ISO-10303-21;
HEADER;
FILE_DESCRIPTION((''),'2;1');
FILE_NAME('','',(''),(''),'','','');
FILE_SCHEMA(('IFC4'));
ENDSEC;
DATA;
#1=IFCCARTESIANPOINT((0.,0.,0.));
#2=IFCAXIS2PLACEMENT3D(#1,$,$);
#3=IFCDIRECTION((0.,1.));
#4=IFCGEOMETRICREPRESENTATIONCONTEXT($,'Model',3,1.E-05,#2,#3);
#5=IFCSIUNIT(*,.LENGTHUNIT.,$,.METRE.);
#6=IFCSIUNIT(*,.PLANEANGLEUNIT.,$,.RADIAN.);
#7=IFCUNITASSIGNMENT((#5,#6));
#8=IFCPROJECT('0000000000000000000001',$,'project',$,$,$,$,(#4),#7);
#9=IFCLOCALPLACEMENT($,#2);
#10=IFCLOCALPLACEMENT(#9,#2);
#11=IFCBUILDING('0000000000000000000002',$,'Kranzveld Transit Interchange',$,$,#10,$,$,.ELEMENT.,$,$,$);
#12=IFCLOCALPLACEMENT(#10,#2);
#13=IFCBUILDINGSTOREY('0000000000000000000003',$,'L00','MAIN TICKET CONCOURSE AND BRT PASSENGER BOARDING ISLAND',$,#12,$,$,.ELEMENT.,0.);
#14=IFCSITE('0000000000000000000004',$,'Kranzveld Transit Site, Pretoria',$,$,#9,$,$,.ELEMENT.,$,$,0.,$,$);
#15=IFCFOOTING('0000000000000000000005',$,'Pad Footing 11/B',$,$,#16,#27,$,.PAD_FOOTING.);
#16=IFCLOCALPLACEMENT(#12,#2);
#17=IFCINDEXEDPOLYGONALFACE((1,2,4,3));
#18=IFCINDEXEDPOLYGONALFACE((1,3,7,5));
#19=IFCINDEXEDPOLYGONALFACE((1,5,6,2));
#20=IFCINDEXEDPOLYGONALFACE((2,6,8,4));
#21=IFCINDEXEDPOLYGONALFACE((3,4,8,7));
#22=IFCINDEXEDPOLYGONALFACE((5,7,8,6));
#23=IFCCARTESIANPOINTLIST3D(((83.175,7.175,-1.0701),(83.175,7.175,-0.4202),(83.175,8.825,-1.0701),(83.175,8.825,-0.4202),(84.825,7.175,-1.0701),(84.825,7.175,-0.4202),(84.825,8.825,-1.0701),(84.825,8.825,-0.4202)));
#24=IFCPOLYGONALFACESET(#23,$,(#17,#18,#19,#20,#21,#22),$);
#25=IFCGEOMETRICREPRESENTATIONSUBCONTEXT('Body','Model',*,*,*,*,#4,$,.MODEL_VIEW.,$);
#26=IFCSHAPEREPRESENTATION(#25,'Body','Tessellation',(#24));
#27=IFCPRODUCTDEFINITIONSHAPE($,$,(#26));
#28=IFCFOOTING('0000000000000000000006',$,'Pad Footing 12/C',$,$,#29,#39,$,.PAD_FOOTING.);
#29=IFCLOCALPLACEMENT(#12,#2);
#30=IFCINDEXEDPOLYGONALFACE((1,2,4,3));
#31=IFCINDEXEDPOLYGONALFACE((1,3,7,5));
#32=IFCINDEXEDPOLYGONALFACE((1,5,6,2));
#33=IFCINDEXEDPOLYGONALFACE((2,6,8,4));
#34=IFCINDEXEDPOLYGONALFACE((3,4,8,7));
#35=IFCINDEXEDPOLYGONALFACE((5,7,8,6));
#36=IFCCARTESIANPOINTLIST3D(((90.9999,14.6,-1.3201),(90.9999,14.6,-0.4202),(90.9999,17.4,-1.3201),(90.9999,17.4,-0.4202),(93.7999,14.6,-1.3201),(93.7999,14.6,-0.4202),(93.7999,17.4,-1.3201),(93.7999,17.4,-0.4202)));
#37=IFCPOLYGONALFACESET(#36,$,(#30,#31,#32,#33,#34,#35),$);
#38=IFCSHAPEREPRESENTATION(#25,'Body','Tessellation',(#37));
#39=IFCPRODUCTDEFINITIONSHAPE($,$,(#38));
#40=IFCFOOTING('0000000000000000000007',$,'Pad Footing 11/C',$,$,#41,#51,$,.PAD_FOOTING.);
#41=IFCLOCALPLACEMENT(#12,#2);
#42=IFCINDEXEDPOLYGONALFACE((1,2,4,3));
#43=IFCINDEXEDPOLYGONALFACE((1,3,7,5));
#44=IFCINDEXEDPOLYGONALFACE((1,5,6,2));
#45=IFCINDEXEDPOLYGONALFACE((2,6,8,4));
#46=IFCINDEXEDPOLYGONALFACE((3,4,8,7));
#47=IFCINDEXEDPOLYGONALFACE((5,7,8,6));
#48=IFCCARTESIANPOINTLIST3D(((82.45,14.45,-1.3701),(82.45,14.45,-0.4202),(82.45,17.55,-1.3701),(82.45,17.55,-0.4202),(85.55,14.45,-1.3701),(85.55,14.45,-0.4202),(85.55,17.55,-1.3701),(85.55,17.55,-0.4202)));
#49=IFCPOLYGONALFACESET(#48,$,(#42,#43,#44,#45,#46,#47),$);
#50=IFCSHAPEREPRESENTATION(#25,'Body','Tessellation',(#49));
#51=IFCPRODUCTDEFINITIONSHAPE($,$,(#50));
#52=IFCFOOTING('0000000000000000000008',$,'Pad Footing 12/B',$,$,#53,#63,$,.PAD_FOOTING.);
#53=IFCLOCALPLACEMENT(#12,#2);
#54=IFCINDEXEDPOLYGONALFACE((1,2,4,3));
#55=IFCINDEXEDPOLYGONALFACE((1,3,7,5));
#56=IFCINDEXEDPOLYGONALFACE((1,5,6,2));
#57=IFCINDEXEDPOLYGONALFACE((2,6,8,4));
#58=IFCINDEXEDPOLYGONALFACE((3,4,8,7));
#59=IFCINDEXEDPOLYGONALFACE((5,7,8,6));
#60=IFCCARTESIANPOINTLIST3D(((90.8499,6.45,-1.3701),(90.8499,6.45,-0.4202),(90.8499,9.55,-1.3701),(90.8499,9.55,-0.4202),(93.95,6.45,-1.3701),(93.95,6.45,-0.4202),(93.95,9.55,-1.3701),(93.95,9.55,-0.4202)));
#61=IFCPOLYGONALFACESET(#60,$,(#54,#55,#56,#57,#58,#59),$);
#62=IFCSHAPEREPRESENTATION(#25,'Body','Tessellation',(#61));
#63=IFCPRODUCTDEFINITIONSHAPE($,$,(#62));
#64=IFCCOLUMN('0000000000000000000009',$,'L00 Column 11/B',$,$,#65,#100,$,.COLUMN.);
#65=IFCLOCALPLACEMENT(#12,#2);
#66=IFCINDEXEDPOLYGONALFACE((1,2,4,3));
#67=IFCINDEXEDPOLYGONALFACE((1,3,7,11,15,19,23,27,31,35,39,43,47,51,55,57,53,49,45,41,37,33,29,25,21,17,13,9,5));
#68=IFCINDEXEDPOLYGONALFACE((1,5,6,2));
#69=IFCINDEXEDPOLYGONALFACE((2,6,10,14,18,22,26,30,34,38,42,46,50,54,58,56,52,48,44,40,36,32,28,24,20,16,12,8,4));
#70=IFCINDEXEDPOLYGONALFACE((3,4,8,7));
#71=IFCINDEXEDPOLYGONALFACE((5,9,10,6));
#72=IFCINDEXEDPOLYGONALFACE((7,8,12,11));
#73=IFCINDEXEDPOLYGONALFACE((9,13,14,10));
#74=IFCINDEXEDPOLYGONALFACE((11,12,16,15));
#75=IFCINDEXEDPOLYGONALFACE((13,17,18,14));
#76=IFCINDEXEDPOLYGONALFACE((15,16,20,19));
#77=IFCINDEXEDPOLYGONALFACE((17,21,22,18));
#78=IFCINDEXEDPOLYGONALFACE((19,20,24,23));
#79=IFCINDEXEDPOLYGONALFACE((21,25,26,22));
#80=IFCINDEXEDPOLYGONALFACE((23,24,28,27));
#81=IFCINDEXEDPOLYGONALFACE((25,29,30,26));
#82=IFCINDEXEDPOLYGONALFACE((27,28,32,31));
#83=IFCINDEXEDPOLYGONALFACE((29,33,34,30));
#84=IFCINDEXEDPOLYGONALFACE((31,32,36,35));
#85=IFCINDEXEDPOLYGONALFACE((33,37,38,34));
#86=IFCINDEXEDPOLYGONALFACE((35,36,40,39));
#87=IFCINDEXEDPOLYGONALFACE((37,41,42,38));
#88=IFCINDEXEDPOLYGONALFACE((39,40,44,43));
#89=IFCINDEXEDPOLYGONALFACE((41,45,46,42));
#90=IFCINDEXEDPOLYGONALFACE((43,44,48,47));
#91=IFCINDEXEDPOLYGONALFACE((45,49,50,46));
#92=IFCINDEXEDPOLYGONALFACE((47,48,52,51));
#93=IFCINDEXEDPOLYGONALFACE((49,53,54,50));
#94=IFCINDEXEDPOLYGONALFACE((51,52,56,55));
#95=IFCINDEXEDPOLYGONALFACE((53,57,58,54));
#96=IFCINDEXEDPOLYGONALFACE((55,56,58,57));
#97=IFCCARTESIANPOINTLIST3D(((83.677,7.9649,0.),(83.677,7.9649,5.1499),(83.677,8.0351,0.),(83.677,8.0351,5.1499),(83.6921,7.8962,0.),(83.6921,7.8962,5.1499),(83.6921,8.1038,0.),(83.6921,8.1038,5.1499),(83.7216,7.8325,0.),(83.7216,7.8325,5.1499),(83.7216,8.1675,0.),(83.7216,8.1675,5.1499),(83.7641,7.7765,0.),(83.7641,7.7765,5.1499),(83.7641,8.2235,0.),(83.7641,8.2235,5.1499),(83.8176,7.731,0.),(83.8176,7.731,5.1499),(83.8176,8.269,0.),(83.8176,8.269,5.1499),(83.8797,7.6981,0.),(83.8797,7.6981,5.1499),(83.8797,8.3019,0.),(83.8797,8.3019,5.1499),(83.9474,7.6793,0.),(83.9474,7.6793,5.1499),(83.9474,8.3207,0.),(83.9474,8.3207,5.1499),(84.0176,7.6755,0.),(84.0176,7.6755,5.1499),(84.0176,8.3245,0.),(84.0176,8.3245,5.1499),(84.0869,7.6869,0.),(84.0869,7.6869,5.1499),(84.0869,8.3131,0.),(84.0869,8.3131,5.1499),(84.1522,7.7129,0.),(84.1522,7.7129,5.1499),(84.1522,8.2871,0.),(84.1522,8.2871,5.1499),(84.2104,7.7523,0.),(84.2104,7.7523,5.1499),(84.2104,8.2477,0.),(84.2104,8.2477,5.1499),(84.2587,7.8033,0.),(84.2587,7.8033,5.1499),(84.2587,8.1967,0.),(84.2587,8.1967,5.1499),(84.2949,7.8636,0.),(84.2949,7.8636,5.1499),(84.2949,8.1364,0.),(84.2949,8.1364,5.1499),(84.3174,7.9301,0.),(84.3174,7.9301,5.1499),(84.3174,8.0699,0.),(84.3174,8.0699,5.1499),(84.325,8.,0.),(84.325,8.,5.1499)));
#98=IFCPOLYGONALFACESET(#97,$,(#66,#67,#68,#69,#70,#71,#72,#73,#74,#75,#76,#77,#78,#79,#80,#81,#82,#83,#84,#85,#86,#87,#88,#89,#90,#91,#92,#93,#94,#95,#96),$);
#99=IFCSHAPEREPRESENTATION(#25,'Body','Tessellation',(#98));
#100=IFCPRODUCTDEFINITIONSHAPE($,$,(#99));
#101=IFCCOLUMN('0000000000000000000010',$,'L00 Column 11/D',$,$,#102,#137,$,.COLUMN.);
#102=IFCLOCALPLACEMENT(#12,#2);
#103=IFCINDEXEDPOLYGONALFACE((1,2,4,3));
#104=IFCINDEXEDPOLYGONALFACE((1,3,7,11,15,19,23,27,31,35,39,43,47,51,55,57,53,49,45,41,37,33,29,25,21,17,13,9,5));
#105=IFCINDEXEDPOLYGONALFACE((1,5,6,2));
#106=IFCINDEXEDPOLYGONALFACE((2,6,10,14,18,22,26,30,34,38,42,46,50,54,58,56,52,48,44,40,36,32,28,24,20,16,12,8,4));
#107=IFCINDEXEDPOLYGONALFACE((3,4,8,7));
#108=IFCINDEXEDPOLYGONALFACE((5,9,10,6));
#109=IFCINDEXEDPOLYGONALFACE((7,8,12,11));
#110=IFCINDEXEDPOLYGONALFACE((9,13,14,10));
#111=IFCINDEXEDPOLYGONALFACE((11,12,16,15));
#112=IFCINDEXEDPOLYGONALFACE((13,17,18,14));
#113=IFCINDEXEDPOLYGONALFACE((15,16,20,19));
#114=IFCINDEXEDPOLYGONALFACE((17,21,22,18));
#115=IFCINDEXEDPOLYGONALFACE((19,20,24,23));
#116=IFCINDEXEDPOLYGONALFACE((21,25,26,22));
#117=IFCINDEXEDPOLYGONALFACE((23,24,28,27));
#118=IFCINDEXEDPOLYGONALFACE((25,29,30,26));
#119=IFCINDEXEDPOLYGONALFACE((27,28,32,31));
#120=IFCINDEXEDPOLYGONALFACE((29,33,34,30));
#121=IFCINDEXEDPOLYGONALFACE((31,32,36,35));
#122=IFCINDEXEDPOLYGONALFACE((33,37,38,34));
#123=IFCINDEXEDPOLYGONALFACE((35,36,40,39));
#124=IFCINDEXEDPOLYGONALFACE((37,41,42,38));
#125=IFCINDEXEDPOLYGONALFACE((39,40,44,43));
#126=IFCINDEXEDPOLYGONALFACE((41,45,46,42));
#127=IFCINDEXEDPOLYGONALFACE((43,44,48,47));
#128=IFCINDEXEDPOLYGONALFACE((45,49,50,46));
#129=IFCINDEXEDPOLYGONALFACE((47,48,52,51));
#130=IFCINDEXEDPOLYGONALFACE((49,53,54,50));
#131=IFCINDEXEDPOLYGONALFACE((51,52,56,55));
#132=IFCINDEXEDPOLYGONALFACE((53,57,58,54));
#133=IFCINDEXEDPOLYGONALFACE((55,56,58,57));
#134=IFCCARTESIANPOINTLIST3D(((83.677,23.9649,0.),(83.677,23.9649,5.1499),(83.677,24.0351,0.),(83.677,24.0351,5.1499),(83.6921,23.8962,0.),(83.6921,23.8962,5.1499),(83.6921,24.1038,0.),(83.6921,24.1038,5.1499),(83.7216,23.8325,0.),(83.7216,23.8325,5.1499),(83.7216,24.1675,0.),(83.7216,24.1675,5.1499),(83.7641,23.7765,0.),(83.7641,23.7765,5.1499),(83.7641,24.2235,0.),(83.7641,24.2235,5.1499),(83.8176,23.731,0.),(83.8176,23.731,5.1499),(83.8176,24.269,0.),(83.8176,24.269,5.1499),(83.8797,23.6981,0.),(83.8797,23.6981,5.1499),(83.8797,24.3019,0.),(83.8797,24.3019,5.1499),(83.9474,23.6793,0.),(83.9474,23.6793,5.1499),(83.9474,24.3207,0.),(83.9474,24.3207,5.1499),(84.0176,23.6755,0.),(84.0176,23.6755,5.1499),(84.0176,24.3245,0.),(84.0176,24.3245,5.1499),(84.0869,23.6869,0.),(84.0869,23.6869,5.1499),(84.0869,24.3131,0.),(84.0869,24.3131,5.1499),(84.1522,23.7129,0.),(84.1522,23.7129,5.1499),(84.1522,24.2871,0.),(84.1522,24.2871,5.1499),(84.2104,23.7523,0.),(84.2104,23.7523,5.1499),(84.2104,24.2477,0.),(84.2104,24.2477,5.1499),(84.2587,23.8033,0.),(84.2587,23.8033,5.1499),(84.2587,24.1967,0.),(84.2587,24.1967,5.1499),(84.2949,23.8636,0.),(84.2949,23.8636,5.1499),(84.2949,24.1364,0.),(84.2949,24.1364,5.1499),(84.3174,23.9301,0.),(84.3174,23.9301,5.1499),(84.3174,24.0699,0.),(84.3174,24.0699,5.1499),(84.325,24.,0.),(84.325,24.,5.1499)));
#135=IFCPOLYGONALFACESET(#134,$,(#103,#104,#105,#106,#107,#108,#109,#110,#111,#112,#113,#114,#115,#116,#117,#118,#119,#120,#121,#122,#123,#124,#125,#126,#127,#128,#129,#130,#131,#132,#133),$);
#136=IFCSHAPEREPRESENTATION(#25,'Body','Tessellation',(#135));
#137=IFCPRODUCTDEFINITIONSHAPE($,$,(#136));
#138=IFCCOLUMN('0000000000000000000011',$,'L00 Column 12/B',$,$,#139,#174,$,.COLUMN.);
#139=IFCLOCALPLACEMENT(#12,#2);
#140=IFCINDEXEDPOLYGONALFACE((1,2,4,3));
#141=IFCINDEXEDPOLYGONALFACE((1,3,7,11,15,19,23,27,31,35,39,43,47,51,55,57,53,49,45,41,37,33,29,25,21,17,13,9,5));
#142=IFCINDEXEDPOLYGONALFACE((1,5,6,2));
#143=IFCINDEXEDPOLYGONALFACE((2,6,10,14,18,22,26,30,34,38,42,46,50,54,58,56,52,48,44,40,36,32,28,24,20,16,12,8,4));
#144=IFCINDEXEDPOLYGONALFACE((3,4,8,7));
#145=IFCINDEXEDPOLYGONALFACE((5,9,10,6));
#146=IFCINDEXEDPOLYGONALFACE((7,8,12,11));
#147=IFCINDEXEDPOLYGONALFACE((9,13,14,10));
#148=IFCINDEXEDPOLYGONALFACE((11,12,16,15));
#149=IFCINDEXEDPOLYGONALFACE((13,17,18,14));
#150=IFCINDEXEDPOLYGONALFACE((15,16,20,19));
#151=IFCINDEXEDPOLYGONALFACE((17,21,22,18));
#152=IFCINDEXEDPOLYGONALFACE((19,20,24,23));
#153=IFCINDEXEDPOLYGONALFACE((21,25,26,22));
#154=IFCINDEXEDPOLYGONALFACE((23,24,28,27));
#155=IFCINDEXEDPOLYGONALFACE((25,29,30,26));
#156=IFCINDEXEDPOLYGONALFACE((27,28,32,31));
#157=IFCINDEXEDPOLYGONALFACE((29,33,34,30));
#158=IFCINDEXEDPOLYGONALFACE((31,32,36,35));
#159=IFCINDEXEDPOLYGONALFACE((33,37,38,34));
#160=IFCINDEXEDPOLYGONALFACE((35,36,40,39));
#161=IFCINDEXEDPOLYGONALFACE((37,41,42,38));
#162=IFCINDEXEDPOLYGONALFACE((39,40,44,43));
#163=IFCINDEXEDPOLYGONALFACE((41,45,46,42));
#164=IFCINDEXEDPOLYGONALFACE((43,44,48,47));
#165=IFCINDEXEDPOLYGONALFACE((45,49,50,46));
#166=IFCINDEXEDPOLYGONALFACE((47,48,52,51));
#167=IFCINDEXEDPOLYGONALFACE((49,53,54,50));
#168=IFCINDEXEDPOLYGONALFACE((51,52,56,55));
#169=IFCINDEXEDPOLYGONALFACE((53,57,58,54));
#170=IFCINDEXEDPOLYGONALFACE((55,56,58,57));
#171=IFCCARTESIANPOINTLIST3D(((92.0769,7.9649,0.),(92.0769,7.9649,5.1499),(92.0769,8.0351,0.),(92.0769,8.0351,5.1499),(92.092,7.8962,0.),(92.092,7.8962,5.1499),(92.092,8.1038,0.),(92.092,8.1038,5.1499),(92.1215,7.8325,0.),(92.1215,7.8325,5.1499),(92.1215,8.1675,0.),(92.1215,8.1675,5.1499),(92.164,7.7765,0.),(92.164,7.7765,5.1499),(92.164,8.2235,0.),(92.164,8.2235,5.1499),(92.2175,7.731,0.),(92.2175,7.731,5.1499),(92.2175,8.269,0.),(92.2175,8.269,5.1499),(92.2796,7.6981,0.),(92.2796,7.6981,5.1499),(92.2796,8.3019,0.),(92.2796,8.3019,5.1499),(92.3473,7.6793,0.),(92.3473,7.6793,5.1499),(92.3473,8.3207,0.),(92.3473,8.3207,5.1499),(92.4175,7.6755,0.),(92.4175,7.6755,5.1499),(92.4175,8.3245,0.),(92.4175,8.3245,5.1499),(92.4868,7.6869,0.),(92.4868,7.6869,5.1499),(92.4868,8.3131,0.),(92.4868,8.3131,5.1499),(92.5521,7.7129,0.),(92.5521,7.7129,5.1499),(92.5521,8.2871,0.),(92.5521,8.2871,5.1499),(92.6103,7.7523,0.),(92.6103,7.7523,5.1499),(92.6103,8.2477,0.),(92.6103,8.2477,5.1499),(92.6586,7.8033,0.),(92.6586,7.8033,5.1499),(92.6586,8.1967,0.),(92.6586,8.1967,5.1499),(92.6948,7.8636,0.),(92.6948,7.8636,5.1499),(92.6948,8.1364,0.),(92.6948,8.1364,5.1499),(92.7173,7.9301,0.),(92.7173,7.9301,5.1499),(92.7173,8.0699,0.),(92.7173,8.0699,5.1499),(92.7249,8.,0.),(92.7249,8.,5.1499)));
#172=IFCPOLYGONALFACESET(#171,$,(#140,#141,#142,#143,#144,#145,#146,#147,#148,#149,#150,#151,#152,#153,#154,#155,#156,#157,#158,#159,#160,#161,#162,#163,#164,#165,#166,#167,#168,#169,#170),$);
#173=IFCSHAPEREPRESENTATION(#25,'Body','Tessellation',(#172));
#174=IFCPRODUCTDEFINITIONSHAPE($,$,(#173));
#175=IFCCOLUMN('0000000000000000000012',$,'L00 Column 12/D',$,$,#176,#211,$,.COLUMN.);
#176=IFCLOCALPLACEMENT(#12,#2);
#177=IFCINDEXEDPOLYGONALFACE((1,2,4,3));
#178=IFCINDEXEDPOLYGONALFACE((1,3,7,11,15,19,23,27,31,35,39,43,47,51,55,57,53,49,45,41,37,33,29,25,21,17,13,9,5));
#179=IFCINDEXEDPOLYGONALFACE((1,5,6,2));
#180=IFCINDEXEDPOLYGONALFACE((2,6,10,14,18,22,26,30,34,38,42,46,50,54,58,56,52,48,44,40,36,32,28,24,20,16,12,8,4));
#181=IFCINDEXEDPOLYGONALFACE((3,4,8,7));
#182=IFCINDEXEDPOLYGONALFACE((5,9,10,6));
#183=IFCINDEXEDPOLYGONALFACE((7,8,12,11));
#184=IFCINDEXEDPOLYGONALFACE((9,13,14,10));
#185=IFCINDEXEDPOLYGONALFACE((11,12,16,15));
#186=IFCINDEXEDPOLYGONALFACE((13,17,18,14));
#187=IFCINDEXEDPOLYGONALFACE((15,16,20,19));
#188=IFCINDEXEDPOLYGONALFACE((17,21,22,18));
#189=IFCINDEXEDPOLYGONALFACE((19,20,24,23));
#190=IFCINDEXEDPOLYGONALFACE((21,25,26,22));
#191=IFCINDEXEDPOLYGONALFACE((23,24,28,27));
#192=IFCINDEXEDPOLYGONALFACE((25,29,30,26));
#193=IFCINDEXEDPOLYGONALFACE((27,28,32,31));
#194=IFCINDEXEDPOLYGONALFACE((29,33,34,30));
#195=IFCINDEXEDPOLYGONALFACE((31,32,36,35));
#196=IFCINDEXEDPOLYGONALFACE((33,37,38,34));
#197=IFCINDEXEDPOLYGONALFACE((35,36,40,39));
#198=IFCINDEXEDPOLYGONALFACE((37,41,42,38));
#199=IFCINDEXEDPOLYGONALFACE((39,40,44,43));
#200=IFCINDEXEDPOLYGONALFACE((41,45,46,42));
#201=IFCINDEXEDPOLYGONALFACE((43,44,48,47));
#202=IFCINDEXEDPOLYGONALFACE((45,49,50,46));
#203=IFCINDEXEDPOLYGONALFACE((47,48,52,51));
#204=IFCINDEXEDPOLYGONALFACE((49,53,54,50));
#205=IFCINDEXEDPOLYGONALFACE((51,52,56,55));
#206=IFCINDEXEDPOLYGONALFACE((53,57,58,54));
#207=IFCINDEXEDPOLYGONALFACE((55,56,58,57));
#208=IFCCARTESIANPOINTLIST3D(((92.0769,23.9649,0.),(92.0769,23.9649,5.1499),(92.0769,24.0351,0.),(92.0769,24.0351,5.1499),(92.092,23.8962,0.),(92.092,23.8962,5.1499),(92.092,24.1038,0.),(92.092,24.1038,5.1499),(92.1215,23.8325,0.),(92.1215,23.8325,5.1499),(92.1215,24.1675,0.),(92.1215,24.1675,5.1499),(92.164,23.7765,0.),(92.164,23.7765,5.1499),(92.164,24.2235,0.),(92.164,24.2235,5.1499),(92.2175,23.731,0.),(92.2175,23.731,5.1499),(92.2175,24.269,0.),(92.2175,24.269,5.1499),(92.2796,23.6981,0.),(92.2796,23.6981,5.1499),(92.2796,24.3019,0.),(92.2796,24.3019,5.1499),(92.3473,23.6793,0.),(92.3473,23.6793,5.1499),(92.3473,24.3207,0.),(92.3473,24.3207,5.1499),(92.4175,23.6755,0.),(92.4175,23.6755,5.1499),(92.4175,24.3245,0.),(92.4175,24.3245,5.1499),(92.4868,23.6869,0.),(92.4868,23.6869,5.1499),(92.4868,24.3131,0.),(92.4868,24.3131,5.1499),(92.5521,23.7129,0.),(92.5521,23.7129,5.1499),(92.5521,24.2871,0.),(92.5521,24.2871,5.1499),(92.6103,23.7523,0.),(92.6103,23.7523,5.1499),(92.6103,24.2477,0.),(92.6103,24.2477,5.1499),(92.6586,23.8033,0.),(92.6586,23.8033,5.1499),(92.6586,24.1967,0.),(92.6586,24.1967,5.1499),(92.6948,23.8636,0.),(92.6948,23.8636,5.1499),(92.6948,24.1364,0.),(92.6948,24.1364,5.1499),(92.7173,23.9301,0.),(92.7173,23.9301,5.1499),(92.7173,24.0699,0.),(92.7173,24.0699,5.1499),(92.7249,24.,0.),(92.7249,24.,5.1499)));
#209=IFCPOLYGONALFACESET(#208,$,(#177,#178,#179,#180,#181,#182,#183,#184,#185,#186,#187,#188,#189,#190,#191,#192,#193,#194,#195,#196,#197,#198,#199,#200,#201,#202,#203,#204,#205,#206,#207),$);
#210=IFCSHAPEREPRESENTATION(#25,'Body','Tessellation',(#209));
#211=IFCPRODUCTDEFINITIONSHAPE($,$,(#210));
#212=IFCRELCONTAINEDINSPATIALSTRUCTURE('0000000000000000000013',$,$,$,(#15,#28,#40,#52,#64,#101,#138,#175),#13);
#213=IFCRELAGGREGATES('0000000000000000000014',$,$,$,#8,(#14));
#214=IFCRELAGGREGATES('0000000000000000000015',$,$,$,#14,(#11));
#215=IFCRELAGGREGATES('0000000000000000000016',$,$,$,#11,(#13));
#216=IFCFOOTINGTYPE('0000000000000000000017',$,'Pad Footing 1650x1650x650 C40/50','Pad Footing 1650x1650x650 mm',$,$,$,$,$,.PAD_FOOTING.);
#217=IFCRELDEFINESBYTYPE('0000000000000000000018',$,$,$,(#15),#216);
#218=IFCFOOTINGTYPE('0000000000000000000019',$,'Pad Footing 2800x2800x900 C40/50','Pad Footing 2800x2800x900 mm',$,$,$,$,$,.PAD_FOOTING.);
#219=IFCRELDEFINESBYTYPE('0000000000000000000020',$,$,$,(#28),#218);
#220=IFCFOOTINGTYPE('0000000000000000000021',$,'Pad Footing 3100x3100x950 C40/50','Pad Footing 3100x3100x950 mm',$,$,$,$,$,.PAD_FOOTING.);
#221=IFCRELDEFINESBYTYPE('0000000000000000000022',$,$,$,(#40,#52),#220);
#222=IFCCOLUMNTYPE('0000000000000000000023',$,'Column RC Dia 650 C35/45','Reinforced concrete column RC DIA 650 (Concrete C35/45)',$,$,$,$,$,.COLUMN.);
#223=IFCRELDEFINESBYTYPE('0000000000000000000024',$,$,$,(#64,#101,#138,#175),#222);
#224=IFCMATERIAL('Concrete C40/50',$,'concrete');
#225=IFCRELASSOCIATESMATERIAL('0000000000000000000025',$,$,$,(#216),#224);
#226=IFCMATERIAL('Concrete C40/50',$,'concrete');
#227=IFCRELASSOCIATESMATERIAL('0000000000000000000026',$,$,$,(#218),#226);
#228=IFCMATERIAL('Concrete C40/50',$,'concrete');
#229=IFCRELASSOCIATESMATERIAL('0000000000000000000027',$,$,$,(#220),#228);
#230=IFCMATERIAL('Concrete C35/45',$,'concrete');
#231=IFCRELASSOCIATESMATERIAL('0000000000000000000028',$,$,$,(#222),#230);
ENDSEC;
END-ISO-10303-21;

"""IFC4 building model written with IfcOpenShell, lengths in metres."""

from ifc_helpers import new_model, si_unit, direction, frame, origin, origin_2d, place, context, subcontext, project, spatial, rectangle, circle, extrude, material, material_profile, profile_set, type_object, element, save


model = new_model("IFC4")

# Units and contexts
model_context = context("Model", 3, precision=1e-05, world=origin(), true_north=direction((0.0, 1.0)))
body_context = subcontext(model_context, "Body", "Model", "MODEL_VIEW")
ifc_project = project(units=[si_unit("LENGTHUNIT", "METRE"), si_unit("PLANEANGLEUNIT", "RADIAN")], contexts=[model_context])

# Site, building, storey
site_placement = place(None, origin())
site = spatial("IfcSite", under=ifc_project, at=site_placement, Name="Kranzveld Transit Site, Pretoria", CompositionType="ELEMENT", RefElevation=0.0)
building_placement = place(site_placement, origin())
building = spatial("IfcBuilding", under=site, at=building_placement, Name="Kranzveld Transit Interchange", CompositionType="ELEMENT")
storey_placement = place(building_placement, origin())
storey = spatial("IfcBuildingStorey", under=building, at=storey_placement, Name="L00", Description="MAIN TICKET CONCOURSE AND BRT PASSENGER BOARDING ISLAND", CompositionType="ELEMENT", Elevation=0.0)

# Footings
ifc_material_1 = material(Name="Concrete C40/50", Category="concrete")
footing_type_1 = type_object("IfcFootingType", Name="Pad Footing 1650x1650x650 C40/50", Description="Pad Footing 1650x1650x650 mm", PredefinedType="PAD_FOOTING", material=ifc_material_1)
footing_1_placement = place(storey_placement, frame((84.0, 8.0, -1.0701), z_axis=(0.0, 0.0, 1.0), x_axis=(1.0, 0.0, 0.0)))
element("IfcFooting", 1, at=footing_1_placement, inside=storey, type_object=footing_type_1, Name="Pad Footing 11/B", PredefinedType="PAD_FOOTING", context=body_context, shape_type="SweptSolid", body=[
    extrude(rectangle(XDim=1.6499, YDim=1.6499, at=origin_2d()), origin(), (0.0, 0.0, 1.0), 0.6499),
])
ifc_material_2 = material(Name="Concrete C40/50", Category="concrete")
footing_type_2 = type_object("IfcFootingType", Name="Pad Footing 2800x2800x900 C40/50", Description="Pad Footing 2800x2800x900 mm", PredefinedType="PAD_FOOTING", material=ifc_material_2)
footing_2_placement = place(storey_placement, frame((92.3999, 16.0, -1.3201), z_axis=(0.0, 0.0, 1.0), x_axis=(1.0, 0.0, 0.0)))
element("IfcFooting", 2, at=footing_2_placement, inside=storey, type_object=footing_type_2, Name="Pad Footing 12/C", PredefinedType="PAD_FOOTING", context=body_context, shape_type="SweptSolid", body=[
    extrude(rectangle(XDim=2.8, YDim=2.8, at=origin_2d()), origin(), (0.0, 0.0, 1.0), 0.8999),
])
ifc_material_3 = material(Name="Concrete C40/50", Category="concrete")
footing_type_3 = type_object("IfcFootingType", Name="Pad Footing 3100x3100x950 C40/50", Description="Pad Footing 3100x3100x950 mm", PredefinedType="PAD_FOOTING", material=ifc_material_3)
for number, where, z_axis, x_axis, name in (
    (3, (84.0, 16.0, -1.3701), (0.0, 0.0, 1.0), (1.0, 0.0, 0.0), "Pad Footing 11/C"),
    (4, (92.3999, 8.0, -1.3701), (0.0, 0.0, 1.0), (1.0, 0.0, 0.0), "Pad Footing 12/B"),
):
    element("IfcFooting", number, at=place(storey_placement, frame(where, z_axis=z_axis, x_axis=x_axis)), inside=storey, type_object=footing_type_3, Name=name, PredefinedType="PAD_FOOTING", context=body_context, shape_type="SweptSolid", body=[
        extrude(rectangle(XDim=3.1001, YDim=3.1001, at=origin_2d()), origin(), (0.0, 0.0, 1.0), 0.95),
    ])

# Columns
ifc_material_4 = material(Name="Concrete C35/45", Category="concrete")
ifc_material_profile_1 = material_profile(ifc_material_4, circle(Radius=0.325, at=origin_2d()), Name="RC DIA 650")
ifc_profile_set_1 = profile_set([ifc_material_profile_1], Name="Concrete C35/45")
column_type_1 = type_object("IfcColumnType", Name="Column RC Dia 650 C35/45", Description="Reinforced concrete column RC DIA 650 (Concrete C35/45)", PredefinedType="COLUMN", material=ifc_profile_set_1)
for number, where, z_axis, x_axis, name in (
    (5, (84.0, 8.0, 0.0), (0.0, 0.0, 1.0), (1.0, 0.0, 0.0), "L00 Column 11/B"),
    (6, (84.0, 24.0, 0.0), (0.0, 0.0, 1.0), (1.0, 0.0, 0.0), "L00 Column 11/D"),
    (7, (92.3999, 8.0, 0.0), (0.0, 0.0, 1.0), (1.0, 0.0, 0.0), "L00 Column 12/B"),
    (8, (92.3999, 24.0, 0.0), (0.0, 0.0, 1.0), (1.0, 0.0, 0.0), "L00 Column 12/D"),
):
    element("IfcColumn", number, at=place(storey_placement, frame(where, z_axis=z_axis, x_axis=x_axis)), inside=storey, type_object=column_type_1, Name=name, PredefinedType="COLUMN", context=body_context, shape_type="SweptSolid", body=[
        extrude(circle(Radius=0.325, at=origin_2d()), origin(), (0.0, 0.0, 1.0), 5.1499),
    ])

save(model, "model.ifc")
